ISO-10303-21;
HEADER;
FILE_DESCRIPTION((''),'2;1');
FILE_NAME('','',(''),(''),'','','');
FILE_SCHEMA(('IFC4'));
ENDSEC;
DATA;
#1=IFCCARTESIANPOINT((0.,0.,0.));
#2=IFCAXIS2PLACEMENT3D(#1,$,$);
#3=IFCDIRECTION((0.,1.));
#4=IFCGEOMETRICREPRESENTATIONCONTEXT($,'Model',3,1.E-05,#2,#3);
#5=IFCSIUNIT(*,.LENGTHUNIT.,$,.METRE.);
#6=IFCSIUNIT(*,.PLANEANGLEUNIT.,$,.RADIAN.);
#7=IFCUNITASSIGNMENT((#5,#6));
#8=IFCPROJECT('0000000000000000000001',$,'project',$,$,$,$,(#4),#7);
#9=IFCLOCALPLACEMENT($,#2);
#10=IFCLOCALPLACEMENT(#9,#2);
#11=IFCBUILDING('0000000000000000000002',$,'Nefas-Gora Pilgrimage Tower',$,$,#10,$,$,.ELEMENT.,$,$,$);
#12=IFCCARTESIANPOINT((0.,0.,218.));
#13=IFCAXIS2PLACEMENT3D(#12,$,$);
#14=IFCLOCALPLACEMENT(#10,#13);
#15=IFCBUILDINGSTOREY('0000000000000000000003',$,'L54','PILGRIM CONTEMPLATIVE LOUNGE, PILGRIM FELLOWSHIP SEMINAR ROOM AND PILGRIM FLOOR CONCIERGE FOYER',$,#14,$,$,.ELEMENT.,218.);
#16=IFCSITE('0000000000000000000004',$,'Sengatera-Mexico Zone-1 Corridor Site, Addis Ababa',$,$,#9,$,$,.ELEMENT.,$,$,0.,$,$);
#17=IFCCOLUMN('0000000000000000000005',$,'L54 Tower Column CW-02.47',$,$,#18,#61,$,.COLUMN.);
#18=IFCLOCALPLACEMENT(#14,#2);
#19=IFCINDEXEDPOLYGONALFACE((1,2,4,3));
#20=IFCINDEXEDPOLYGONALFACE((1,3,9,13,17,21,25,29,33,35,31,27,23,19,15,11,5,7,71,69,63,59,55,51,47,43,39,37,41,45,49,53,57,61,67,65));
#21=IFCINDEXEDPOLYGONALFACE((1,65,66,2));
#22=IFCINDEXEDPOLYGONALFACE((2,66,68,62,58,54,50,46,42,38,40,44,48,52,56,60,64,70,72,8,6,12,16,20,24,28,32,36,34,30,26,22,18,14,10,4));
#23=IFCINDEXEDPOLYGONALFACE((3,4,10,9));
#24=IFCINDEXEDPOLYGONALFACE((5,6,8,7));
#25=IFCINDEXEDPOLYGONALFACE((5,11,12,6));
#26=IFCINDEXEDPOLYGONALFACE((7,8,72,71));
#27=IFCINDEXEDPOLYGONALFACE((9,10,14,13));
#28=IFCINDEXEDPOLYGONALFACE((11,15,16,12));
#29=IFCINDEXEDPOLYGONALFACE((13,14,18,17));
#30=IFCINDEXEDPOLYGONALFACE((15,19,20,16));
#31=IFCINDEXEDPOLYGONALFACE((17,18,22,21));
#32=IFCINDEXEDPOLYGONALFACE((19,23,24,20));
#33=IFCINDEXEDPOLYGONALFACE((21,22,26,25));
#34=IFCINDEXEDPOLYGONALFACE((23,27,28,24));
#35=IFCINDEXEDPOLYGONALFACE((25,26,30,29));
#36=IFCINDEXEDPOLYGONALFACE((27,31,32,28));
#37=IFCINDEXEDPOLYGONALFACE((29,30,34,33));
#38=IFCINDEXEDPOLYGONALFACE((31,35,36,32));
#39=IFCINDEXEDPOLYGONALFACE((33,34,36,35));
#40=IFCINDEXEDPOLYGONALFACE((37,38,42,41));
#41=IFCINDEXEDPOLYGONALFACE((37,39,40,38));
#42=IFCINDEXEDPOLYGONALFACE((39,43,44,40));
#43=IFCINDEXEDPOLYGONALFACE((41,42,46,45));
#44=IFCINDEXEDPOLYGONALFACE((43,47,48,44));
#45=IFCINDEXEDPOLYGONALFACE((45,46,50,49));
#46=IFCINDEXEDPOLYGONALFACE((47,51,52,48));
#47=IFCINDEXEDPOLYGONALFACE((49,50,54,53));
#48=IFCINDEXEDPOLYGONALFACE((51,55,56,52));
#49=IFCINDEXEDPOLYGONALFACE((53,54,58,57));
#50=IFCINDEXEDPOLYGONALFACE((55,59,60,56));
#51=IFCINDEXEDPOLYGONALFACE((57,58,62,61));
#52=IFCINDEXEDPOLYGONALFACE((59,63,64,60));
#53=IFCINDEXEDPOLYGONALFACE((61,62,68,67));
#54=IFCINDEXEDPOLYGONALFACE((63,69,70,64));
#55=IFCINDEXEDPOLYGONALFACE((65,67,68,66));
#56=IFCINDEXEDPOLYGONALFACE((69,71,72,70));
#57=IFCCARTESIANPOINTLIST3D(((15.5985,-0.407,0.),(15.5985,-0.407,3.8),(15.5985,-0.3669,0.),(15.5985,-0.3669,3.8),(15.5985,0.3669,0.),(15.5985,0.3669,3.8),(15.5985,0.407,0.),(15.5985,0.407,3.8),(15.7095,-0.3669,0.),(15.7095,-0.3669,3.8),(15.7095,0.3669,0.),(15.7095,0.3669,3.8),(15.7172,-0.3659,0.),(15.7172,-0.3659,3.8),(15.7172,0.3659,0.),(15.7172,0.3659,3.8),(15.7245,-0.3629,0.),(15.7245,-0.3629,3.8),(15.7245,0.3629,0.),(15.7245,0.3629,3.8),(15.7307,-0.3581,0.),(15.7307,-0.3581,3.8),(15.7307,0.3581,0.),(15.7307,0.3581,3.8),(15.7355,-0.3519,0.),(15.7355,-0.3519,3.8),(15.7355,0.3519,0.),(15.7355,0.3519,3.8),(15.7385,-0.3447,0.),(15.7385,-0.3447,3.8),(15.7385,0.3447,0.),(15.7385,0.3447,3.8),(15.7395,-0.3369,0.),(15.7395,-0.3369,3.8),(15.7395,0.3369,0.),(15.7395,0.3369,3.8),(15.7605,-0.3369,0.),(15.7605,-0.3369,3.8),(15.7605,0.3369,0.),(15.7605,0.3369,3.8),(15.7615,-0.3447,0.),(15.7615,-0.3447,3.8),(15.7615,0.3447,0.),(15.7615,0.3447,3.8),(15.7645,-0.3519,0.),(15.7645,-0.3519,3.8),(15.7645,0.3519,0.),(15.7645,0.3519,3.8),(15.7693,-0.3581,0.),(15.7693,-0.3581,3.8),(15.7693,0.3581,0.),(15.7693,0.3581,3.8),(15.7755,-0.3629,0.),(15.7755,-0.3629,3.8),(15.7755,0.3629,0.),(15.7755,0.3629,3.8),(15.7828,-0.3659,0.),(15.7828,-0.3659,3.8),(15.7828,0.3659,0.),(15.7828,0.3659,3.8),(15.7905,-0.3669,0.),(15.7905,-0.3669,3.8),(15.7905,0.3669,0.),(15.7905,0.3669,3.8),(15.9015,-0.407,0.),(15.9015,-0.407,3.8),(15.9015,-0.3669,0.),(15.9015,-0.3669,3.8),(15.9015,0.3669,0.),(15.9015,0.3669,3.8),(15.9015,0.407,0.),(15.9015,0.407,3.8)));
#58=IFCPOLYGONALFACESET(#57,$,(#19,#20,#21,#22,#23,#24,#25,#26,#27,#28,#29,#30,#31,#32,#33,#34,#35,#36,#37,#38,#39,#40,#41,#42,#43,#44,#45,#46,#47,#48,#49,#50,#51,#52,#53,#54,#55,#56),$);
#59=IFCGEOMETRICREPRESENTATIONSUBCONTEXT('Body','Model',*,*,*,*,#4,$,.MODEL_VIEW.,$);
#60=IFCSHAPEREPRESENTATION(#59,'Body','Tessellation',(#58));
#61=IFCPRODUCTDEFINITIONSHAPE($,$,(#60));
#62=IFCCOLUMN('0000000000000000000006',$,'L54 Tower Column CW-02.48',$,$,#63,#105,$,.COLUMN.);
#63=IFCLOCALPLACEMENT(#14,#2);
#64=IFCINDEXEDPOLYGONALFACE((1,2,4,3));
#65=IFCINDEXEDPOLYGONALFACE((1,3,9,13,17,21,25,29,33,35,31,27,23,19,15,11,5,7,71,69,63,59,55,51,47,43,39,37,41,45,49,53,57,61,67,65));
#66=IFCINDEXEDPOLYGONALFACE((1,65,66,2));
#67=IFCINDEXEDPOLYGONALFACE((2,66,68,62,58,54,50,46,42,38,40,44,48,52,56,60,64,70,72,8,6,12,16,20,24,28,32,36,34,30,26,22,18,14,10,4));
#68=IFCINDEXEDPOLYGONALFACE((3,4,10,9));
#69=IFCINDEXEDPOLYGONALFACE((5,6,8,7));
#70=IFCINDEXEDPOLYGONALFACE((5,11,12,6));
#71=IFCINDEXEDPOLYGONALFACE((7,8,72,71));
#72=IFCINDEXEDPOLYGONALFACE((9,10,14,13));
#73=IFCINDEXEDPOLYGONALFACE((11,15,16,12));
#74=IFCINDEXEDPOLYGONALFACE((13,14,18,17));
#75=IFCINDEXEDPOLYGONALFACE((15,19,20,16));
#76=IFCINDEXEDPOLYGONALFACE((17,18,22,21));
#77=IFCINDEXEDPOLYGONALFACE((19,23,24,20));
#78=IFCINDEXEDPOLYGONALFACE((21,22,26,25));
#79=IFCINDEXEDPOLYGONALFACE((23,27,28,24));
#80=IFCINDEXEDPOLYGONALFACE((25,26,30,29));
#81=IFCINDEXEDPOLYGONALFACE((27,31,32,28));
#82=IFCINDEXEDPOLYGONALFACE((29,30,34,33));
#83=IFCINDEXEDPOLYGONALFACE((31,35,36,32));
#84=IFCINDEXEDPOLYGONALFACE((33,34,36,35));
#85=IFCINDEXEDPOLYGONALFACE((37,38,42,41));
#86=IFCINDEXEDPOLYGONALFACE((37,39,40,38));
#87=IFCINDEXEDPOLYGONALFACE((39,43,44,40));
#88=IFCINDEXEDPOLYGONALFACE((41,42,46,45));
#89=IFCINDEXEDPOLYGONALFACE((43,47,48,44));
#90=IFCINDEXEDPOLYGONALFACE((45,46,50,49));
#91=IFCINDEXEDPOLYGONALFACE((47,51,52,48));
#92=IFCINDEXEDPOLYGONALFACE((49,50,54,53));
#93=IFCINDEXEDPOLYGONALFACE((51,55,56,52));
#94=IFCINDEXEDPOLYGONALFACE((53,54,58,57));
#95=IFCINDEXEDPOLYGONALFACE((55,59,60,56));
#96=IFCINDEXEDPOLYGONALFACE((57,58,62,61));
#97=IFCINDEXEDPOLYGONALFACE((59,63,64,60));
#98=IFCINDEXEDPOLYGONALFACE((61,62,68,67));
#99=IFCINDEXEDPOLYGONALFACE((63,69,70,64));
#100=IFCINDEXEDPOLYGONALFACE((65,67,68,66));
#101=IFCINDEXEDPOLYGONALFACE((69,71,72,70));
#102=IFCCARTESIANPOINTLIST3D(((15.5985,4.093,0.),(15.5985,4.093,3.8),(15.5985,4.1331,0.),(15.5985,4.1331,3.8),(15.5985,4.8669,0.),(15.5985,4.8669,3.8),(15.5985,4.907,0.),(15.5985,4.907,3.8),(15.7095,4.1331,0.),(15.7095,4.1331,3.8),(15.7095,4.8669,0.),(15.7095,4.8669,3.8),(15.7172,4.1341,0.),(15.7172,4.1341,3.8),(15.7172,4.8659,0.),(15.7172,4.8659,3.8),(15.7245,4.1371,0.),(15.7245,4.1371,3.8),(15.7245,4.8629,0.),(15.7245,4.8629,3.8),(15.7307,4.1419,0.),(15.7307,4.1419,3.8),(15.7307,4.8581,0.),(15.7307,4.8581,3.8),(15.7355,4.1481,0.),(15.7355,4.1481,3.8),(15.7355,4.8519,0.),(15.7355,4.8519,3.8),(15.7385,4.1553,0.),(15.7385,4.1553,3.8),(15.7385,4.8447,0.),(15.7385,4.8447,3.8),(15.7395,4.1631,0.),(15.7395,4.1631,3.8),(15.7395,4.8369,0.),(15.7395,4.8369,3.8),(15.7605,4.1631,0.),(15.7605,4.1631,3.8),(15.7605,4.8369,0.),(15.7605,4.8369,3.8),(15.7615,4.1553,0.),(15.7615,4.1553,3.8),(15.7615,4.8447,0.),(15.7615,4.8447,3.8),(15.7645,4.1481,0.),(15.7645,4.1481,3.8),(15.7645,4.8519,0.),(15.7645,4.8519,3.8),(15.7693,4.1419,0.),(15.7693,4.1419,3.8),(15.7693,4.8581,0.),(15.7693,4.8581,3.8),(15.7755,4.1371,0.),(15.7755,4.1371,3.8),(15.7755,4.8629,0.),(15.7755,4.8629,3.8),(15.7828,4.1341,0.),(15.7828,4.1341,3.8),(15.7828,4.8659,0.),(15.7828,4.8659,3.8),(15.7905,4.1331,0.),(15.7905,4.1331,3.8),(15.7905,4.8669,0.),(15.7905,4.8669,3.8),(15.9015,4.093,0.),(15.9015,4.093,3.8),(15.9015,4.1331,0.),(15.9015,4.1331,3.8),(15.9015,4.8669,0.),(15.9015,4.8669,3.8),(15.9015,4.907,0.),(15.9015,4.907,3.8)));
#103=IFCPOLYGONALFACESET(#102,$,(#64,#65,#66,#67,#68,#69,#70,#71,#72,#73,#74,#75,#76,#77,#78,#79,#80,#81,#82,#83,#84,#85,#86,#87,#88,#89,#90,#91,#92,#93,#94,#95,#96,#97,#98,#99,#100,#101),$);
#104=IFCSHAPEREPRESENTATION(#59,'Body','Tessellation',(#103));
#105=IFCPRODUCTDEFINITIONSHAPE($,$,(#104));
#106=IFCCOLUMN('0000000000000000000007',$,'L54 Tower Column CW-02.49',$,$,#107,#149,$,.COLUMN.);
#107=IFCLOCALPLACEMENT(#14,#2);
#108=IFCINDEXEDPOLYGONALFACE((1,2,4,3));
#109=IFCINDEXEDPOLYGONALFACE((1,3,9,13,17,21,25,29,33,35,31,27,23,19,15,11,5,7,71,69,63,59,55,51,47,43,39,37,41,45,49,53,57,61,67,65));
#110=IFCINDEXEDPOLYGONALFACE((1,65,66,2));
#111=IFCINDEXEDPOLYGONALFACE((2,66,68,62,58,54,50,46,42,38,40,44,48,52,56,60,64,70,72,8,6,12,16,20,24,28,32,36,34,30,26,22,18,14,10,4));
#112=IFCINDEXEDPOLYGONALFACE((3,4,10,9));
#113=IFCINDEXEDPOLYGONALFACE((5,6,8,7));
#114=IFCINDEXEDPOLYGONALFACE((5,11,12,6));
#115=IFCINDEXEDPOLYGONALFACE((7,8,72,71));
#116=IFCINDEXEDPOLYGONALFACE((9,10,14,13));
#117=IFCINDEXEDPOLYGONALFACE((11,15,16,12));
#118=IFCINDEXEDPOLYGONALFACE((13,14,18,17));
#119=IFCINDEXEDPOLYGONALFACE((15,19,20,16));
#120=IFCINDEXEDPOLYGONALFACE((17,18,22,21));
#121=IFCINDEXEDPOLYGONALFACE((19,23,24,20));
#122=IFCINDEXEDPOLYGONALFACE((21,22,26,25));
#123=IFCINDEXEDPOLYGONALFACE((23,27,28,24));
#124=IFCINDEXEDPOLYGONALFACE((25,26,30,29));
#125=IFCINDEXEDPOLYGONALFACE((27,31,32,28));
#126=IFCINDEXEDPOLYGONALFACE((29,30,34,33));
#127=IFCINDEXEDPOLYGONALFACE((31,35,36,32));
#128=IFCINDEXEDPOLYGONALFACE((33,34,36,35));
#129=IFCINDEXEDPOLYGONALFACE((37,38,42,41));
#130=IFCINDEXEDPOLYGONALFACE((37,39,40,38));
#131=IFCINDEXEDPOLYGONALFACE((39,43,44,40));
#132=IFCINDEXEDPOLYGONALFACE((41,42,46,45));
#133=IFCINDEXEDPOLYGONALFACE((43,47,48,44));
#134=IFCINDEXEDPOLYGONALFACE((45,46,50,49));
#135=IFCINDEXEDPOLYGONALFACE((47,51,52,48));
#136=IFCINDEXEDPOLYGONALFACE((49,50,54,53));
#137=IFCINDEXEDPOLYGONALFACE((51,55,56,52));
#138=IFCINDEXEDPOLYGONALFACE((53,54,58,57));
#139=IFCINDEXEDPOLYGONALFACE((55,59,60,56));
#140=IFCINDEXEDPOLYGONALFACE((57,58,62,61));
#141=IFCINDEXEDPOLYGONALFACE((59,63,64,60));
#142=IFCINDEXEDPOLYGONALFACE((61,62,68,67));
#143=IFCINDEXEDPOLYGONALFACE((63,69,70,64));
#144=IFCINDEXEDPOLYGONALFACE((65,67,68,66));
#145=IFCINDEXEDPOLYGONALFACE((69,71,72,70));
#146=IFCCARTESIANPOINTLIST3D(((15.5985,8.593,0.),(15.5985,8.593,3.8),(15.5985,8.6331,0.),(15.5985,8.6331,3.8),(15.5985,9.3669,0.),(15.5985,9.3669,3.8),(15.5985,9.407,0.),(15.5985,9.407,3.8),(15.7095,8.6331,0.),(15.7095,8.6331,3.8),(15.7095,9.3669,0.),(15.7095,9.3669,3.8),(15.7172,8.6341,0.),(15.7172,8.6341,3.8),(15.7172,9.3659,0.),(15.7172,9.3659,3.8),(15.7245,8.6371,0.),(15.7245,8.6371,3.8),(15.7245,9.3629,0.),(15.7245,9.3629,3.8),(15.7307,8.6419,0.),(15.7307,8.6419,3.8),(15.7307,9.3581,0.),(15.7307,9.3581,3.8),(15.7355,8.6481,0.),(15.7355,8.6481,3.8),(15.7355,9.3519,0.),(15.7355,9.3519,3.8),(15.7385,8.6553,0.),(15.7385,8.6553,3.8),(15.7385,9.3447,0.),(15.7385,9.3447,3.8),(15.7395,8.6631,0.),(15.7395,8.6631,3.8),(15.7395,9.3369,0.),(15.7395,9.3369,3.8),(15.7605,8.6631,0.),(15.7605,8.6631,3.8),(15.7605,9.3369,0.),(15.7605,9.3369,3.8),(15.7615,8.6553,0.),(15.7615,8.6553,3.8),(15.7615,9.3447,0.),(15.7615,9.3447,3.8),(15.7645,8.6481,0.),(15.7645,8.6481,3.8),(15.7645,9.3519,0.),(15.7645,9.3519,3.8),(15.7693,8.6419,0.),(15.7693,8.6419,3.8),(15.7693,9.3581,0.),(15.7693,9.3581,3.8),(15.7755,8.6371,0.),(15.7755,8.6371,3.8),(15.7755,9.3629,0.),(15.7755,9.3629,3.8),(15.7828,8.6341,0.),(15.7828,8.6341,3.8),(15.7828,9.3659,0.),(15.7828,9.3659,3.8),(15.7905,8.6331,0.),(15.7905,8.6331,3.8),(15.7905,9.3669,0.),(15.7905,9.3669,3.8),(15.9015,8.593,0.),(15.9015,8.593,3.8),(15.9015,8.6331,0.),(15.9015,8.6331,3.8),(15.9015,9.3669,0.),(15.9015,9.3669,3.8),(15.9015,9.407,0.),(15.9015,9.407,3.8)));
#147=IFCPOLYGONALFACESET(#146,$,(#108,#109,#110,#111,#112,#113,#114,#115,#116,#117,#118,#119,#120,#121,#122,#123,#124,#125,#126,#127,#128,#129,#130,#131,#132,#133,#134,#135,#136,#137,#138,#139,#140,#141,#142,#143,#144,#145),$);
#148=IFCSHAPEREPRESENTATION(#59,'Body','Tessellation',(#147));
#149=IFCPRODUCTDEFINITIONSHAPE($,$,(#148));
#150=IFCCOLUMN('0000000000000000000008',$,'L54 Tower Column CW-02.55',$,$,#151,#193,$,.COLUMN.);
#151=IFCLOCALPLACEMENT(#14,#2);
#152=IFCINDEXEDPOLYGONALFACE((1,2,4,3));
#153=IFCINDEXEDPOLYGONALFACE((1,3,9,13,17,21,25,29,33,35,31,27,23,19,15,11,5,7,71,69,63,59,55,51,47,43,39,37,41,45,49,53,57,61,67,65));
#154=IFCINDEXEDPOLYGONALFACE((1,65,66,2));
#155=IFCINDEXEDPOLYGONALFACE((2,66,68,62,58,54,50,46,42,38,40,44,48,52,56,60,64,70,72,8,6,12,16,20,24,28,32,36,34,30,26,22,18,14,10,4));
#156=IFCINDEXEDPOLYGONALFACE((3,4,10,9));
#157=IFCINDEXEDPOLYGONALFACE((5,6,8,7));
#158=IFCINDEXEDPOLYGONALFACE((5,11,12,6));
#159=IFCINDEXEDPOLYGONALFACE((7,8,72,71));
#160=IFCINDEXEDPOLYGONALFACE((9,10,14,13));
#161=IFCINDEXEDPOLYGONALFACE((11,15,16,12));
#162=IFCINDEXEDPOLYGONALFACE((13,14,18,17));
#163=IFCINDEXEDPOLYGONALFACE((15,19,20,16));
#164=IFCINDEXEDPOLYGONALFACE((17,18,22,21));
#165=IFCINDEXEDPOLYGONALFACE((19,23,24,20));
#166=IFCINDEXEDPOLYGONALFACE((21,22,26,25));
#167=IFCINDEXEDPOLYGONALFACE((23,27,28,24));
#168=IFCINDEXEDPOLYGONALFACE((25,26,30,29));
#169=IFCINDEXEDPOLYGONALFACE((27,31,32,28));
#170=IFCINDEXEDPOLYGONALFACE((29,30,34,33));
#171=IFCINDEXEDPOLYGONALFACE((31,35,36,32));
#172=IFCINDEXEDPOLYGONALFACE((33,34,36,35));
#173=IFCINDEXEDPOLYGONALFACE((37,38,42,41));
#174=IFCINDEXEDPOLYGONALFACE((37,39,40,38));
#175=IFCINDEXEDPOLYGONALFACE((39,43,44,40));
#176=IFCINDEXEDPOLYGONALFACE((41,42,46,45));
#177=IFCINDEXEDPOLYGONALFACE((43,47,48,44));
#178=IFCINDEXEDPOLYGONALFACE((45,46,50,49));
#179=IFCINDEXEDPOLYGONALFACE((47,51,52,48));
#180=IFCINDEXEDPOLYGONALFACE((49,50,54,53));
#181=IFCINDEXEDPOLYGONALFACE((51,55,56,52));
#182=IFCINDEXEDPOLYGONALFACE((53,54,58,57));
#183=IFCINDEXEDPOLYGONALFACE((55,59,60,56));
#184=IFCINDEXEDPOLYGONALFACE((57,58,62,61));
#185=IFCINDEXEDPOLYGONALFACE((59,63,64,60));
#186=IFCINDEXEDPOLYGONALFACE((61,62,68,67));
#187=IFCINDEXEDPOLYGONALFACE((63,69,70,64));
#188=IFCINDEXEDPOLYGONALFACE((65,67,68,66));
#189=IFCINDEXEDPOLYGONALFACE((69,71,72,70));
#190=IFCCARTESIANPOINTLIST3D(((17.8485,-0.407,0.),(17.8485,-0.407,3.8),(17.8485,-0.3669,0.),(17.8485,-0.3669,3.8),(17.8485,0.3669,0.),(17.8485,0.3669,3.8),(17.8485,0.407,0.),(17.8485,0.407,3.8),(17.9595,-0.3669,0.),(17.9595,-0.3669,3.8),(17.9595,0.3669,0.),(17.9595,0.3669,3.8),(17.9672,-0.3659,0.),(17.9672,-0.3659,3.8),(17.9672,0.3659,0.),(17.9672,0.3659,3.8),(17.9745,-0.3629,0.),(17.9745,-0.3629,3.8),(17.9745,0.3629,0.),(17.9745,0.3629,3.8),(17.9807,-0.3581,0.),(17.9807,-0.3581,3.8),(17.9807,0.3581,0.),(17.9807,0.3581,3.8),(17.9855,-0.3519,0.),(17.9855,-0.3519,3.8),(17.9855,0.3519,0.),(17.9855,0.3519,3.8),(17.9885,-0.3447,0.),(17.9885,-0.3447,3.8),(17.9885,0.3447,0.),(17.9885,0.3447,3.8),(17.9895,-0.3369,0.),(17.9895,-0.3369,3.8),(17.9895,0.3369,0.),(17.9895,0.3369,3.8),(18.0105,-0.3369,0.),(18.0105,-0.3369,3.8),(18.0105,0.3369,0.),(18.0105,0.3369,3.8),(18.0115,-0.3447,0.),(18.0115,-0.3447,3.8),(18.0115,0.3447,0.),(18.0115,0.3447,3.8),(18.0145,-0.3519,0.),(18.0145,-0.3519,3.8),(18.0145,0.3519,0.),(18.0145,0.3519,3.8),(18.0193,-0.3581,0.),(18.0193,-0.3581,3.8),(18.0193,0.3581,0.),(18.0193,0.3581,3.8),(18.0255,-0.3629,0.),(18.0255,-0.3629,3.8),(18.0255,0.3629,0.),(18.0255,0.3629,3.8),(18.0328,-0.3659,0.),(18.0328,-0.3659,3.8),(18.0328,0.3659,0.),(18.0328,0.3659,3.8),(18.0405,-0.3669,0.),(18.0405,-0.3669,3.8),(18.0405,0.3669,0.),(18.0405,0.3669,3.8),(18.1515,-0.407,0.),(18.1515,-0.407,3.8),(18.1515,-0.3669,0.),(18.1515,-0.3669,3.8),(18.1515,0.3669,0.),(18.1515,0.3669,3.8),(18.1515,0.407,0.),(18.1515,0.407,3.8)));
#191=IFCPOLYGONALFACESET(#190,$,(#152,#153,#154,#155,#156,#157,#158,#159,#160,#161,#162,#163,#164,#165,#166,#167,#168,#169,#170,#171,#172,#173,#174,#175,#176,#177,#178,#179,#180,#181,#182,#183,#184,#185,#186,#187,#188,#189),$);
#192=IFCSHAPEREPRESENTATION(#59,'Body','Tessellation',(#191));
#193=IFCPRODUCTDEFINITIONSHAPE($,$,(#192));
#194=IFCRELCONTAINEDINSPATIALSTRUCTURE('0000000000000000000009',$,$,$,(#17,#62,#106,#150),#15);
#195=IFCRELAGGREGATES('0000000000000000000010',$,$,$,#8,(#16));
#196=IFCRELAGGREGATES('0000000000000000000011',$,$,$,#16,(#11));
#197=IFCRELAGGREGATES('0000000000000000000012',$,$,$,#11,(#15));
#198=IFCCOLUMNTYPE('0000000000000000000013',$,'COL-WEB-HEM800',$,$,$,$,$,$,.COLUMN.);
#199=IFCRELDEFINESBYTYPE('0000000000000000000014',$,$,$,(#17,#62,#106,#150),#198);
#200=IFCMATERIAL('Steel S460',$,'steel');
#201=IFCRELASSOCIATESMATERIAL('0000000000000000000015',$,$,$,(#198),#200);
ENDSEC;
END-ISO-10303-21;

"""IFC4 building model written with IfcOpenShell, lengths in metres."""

from ifc_helpers import new_model, si_unit, direction, frame, origin, origin_2d, place, context, subcontext, project, spatial, i_section, extrude, source, transform, mapped, material, material_profile, profile_set, type_object, element, save


model = new_model("IFC4")

# Units and contexts
model_context = context("Model", 3, precision=1e-05, world=origin(), true_north=direction((0.0, 1.0)))
body_context = subcontext(model_context, "Body", "Model", "MODEL_VIEW")
ifc_project = project(units=[si_unit("LENGTHUNIT", "METRE"), si_unit("PLANEANGLEUNIT", "RADIAN")], contexts=[model_context])

# Site, building, storey
site_placement = place(None, origin())
site = spatial("IfcSite", under=ifc_project, at=site_placement, Name="Sengatera-Mexico Zone-1 Corridor Site, Addis Ababa", CompositionType="ELEMENT", RefElevation=0.0)
building_placement = place(site_placement, origin())
building = spatial("IfcBuilding", under=site, at=building_placement, Name="Nefas-Gora Pilgrimage Tower", CompositionType="ELEMENT")
storey_placement = place(building_placement, frame((0.0, 0.0, 218.0)))
storey = spatial("IfcBuildingStorey", under=building, at=storey_placement, Name="L54", Description="PILGRIM CONTEMPLATIVE LOUNGE, PILGRIM FELLOWSHIP SEMINAR ROOM AND PILGRIM FLOOR CONCIERGE FOYER", CompositionType="ELEMENT", Elevation=218.0)

# Columns
ifc_material_1 = material(Name="Steel S460", Category="steel")
ifc_material_profile_1 = material_profile(ifc_material_1, i_section(OverallWidth=0.303, OverallDepth=0.814, WebThickness=0.021, FlangeThickness=0.04, FilletRadius=0.03, at=origin_2d()), Name="HEM 800")
ifc_profile_set_1 = profile_set([ifc_material_profile_1], Name="Steel S460")
column_type_1 = type_object("IfcColumnType", Name="COL-WEB-HEM800", PredefinedType="COLUMN", material=ifc_profile_set_1)
shared_shape_1 = source(origin(), body_context, "Body", "SweptSolid", [
    extrude(i_section(OverallWidth=0.303, OverallDepth=0.814, WebThickness=0.021, FlangeThickness=0.04, FilletRadius=0.03, at=origin_2d()), origin(), (0.0, 0.0, 1.0), 3.8),
])
for number, where, z_axis, x_axis, name in (
    (1, (15.75, 0.0, 0.0), (0.0, 0.0, 1.0), (1.0, 0.0, 0.0), "L54 Tower Column CW-02.47"),
    (2, (15.75, 4.5, 0.0), (0.0, 0.0, 1.0), (1.0, 0.0, 0.0), "L54 Tower Column CW-02.48"),
    (3, (15.75, 9.0, 0.0), (0.0, 0.0, 1.0), (1.0, 0.0, 0.0), "L54 Tower Column CW-02.49"),
    (4, (18.0, 0.0, 0.0), (0.0, 0.0, 1.0), (1.0, 0.0, 0.0), "L54 Tower Column CW-02.55"),
):
    element("IfcColumn", number, at=place(storey_placement, frame(where, z_axis=z_axis, x_axis=x_axis)), inside=storey, type_object=column_type_1, Name=name, PredefinedType="COLUMN", context=body_context, shape_type="MappedRepresentation", body=[
        mapped(shared_shape_1, transform((0.0, 0.0, 0.0), x_axis=(1.0, 0.0, 0.0), y_axis=(0.0, 1.0, 0.0), z_axis=(0.0, 0.0, 1.0), scale=1.0)),
    ])

save(model, "model.ifc")
